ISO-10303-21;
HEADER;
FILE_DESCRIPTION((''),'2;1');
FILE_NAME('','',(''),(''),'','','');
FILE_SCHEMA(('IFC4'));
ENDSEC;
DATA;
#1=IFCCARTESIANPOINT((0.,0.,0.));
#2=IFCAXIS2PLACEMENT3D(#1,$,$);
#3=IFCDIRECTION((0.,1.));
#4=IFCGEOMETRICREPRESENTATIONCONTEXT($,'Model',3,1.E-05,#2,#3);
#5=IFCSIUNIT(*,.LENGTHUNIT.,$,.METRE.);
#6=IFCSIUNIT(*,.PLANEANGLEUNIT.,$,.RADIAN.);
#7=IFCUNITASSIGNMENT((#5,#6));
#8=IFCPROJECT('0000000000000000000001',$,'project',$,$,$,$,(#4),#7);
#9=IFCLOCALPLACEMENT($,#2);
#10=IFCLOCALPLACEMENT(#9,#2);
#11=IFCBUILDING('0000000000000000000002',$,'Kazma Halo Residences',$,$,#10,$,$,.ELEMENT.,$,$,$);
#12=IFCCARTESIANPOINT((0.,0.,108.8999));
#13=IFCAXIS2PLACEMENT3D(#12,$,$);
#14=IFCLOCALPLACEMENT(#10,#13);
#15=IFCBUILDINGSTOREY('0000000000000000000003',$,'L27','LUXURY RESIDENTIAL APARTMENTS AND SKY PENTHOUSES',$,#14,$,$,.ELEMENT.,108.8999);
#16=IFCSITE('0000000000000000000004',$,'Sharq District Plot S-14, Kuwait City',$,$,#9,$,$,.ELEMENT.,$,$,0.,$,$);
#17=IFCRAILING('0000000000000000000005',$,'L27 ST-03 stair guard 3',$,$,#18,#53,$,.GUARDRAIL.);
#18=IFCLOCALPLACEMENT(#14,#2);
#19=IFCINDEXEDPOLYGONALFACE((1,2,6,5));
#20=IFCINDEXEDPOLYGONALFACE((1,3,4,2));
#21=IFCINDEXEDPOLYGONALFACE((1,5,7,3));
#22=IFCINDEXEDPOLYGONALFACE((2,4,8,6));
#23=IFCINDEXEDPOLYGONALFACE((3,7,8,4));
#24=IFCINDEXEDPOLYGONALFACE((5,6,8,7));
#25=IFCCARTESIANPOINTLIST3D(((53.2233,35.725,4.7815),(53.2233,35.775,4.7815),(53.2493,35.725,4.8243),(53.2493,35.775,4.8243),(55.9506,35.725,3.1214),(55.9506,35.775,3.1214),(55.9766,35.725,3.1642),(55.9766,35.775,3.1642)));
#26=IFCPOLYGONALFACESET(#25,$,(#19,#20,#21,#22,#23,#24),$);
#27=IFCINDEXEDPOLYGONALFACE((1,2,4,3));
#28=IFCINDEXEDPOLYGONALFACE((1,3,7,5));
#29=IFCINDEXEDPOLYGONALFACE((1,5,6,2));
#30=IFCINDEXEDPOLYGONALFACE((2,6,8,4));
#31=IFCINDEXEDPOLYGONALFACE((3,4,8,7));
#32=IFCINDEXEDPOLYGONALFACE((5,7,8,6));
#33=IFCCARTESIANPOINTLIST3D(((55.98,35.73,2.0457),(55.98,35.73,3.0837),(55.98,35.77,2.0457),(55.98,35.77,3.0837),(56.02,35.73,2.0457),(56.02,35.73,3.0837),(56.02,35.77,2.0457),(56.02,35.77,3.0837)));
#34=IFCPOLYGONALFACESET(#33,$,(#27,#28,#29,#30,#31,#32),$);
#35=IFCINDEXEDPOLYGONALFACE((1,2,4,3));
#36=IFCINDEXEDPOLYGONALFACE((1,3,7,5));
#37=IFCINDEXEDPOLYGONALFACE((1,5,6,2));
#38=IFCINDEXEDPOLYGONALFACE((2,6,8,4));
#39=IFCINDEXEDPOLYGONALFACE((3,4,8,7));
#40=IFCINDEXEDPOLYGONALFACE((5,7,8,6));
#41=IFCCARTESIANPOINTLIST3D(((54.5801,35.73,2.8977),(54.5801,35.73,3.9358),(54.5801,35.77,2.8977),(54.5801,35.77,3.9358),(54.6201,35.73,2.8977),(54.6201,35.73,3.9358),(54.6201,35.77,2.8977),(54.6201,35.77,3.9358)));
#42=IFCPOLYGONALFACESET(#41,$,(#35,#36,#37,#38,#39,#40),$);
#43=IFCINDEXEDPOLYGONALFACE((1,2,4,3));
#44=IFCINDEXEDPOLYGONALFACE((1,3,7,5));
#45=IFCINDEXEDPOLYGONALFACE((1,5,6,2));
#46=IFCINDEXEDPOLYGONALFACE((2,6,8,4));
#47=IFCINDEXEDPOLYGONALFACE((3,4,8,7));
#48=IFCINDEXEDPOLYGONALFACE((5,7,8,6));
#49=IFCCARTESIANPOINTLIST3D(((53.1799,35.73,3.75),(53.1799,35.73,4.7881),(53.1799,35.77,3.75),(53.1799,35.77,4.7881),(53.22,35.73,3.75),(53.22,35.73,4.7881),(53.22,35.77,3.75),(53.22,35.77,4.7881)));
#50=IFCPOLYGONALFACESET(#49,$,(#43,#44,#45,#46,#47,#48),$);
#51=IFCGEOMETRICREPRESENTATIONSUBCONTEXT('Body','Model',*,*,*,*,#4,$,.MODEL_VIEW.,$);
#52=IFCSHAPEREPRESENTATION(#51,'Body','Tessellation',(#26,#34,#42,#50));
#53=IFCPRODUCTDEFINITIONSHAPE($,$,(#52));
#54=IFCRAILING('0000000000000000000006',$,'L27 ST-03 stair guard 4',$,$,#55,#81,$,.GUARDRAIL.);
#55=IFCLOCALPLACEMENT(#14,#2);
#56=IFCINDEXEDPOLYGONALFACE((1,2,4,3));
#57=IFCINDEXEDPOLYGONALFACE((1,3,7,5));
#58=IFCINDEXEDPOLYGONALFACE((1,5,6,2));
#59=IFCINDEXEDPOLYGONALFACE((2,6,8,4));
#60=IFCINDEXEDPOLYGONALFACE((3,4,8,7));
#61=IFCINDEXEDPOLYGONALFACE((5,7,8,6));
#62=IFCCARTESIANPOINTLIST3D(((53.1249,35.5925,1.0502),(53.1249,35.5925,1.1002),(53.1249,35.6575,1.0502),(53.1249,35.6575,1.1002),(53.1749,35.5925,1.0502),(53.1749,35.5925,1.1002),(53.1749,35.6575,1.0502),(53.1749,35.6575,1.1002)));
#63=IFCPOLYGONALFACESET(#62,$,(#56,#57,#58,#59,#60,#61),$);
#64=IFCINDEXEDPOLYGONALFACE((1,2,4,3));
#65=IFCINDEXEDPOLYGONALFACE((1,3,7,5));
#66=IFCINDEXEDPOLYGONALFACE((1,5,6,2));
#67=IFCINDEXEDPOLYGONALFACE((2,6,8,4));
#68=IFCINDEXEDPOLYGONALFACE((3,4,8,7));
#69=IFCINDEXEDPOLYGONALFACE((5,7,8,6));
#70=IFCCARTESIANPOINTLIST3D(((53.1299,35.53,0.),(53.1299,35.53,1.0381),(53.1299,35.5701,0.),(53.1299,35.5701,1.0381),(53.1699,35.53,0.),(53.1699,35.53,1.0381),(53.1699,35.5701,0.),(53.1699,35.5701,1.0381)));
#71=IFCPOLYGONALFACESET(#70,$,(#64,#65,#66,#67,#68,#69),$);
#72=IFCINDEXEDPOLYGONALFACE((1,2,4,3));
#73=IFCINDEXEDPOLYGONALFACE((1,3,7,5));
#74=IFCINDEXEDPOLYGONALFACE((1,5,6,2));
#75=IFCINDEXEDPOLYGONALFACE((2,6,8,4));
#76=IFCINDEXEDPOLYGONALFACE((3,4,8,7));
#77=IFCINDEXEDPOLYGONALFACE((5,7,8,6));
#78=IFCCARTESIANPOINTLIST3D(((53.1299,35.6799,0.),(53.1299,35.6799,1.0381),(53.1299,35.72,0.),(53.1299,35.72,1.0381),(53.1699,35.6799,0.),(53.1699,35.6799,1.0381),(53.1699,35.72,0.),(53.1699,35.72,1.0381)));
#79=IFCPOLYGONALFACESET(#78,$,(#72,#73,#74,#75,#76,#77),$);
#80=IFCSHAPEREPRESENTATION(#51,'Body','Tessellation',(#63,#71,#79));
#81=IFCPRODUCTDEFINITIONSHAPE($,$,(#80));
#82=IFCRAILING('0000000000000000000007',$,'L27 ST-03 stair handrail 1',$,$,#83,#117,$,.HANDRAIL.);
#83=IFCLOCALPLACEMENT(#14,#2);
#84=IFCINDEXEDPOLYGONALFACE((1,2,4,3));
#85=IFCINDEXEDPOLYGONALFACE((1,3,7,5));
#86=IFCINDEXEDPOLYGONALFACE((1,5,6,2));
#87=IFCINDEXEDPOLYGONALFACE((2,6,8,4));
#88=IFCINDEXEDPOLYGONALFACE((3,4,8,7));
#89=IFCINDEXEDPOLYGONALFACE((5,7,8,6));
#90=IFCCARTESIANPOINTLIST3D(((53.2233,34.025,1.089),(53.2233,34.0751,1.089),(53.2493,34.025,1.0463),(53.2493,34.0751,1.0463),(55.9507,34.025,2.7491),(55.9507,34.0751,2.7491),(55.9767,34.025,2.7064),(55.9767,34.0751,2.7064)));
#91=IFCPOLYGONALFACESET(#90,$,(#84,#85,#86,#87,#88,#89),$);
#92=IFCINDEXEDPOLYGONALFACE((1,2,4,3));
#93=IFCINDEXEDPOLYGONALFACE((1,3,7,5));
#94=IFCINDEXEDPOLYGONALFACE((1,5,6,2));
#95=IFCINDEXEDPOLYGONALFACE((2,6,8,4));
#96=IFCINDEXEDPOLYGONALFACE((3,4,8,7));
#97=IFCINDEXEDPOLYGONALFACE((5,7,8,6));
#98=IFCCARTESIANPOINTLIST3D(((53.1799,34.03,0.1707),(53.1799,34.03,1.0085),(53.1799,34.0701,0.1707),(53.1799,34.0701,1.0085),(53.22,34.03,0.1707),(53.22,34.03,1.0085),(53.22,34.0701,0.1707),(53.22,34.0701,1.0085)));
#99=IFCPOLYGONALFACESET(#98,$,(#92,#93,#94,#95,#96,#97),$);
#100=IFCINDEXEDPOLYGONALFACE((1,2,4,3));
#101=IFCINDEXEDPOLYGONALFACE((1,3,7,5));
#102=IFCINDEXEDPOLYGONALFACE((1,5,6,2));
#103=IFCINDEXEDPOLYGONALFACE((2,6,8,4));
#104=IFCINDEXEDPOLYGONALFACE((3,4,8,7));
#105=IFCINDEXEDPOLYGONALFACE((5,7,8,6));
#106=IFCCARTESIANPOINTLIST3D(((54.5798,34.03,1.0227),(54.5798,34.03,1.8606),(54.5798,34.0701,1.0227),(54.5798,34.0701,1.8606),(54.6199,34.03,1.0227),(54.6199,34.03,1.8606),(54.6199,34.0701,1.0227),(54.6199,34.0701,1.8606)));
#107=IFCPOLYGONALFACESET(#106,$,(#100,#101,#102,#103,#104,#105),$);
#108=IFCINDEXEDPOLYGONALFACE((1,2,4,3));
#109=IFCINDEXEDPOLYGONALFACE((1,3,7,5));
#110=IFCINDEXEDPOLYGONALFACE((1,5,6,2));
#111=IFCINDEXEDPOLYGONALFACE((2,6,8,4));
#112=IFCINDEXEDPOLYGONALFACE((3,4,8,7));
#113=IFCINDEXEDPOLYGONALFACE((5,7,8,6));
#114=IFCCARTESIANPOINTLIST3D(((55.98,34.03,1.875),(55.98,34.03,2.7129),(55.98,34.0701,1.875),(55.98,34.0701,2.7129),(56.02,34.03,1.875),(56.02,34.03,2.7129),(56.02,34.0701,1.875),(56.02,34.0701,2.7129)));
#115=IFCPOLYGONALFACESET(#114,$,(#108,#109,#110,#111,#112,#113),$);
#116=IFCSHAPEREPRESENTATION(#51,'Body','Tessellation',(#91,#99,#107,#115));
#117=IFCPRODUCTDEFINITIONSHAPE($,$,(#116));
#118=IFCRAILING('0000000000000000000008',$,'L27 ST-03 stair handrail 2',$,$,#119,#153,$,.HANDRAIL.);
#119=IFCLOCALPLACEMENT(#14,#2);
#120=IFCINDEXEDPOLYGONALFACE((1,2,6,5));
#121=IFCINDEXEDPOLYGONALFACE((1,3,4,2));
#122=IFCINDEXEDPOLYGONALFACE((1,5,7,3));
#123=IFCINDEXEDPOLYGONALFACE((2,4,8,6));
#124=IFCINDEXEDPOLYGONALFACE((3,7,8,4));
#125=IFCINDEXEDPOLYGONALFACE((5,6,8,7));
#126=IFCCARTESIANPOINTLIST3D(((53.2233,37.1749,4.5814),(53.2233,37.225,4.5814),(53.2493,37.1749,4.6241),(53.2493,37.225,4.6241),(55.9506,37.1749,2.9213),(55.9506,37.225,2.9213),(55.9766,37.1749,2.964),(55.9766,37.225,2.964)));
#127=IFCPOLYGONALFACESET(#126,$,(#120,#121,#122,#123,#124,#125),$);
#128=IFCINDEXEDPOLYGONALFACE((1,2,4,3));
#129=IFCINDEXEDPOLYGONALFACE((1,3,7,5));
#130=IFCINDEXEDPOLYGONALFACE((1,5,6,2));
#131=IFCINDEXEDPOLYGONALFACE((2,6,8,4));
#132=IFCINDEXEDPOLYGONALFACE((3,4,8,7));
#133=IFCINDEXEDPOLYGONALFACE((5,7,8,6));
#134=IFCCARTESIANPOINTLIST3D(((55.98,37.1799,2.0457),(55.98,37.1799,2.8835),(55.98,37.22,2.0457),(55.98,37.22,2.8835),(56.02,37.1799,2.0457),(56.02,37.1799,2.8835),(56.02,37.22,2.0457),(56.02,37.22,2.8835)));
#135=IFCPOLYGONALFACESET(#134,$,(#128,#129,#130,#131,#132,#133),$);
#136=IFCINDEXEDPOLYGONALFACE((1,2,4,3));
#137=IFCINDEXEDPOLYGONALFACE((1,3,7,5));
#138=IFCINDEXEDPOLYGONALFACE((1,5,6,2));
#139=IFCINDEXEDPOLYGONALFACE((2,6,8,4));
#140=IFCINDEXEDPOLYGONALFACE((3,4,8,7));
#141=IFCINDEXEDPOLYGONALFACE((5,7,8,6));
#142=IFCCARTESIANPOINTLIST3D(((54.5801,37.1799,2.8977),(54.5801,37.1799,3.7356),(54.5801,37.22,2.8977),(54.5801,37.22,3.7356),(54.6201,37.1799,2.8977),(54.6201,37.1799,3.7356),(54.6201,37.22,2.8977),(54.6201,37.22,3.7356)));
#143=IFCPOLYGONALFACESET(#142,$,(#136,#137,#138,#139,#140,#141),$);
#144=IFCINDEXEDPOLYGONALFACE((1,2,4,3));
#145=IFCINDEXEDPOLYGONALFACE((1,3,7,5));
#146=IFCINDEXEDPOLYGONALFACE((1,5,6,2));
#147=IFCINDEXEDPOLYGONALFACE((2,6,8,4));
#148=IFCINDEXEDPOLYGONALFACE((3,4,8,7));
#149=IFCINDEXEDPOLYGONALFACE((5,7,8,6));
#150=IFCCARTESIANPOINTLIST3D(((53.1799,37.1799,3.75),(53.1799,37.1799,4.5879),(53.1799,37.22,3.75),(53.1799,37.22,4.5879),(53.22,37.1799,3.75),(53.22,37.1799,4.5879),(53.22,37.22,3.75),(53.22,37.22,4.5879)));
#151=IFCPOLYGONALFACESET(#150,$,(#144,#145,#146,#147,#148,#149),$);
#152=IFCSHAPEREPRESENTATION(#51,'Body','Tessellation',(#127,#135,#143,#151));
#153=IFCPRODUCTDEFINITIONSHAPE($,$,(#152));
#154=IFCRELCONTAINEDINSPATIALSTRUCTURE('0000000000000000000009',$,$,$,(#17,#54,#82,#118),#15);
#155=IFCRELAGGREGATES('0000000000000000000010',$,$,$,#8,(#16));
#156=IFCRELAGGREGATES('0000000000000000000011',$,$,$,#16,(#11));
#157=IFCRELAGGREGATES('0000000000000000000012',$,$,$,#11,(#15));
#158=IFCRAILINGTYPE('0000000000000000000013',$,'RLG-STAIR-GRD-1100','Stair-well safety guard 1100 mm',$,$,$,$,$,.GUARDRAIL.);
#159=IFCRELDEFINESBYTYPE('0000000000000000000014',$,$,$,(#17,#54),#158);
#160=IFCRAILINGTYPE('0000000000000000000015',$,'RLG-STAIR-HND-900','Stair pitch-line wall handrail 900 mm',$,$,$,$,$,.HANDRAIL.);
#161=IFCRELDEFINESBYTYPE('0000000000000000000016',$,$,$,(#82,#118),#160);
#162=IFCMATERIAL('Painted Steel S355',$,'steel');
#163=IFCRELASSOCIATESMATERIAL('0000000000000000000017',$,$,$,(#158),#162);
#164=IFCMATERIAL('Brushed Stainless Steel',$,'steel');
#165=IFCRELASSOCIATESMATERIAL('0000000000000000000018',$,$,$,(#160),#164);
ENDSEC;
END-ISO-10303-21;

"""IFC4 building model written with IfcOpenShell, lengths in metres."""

from ifc_helpers import new_model, si_unit, direction, frame, origin, origin_2d, place, context, subcontext, project, spatial, rectangle, extrude, material, type_object, element, save


model = new_model("IFC4")

# Units and contexts
model_context = context("Model", 3, precision=1e-05, world=origin(), true_north=direction((0.0, 1.0)))
body_context = subcontext(model_context, "Body", "Model", "MODEL_VIEW")
ifc_project = project(units=[si_unit("LENGTHUNIT", "METRE"), si_unit("PLANEANGLEUNIT", "RADIAN")], contexts=[model_context])

# Site, building, storey
site_placement = place(None, origin())
site = spatial("IfcSite", under=ifc_project, at=site_placement, Name="Sharq District Plot S-14, Kuwait City", CompositionType="ELEMENT", RefElevation=0.0)
building_placement = place(site_placement, origin())
building = spatial("IfcBuilding", under=site, at=building_placement, Name="Kazma Halo Residences", CompositionType="ELEMENT")
storey_placement = place(building_placement, frame((0.0, 0.0, 108.8999)))
storey = spatial("IfcBuildingStorey", under=building, at=storey_placement, Name="L27", Description="LUXURY RESIDENTIAL APARTMENTS AND SKY PENTHOUSES", CompositionType="ELEMENT", Elevation=108.8999)

# Railings
ifc_material_1 = material(Name="Painted Steel S355", Category="steel")
railing_type_1 = type_object("IfcRailingType", Name="RLG-STAIR-GRD-1100", Description="Stair-well safety guard 1100 mm", PredefinedType="GUARDRAIL", material=ifc_material_1)
railing_1_placement = place(storey_placement, frame((56.0, 35.75, 2.0457)))
element("IfcRailing", 1, at=railing_1_placement, inside=storey, type_object=railing_type_1, Name="L27 ST-03 stair guard 3", PredefinedType="GUARDRAIL", context=body_context, shape_type="SweptSolid", body=[
    extrude(rectangle(XDim=0.05, YDim=0.05, at=origin_2d()), frame((-0.0364, 0.0, 1.0972), z_axis=(-0.854203, 0.0, 0.51994), x_axis=(0.0, -1.0, 0.0)), (0.0, 0.0, 1.0), 3.1929),
    extrude(rectangle(XDim=0.04, YDim=0.04, at=origin_2d()), origin(), (0.0, 0.0, 1.0), 1.0381),
    extrude(rectangle(XDim=0.04, YDim=0.04, at=origin_2d()), frame((-1.3999, 0.0, 0.8521)), (0.0, 0.0, 1.0), 1.0381),
    extrude(rectangle(XDim=0.04, YDim=0.04, at=origin_2d()), frame((-2.8, 0.0, 1.7043)), (0.0, 0.0, 1.0), 1.0381),
])
railing_2_placement = place(storey_placement, frame((53.1499, 35.55, 0.0)))
element("IfcRailing", 2, at=railing_2_placement, inside=storey, type_object=railing_type_1, Name="L27 ST-03 stair guard 4", PredefinedType="GUARDRAIL", context=body_context, shape_type="SweptSolid", body=[
    extrude(rectangle(XDim=0.05, YDim=0.05, at=origin_2d()), frame((0.0, 0.0425, 1.0752), z_axis=(0.0, 1.0, 0.0), x_axis=(-1.0, 0.0, 0.0)), (0.0, 0.0, 1.0), 0.0649),
    extrude(rectangle(XDim=0.04, YDim=0.04, at=origin_2d()), origin(), (0.0, 0.0, 1.0), 1.0381),
    extrude(rectangle(XDim=0.04, YDim=0.04, at=origin_2d()), frame((0.0, 0.1499, 0.0)), (0.0, 0.0, 1.0), 1.0381),
])
ifc_material_2 = material(Name="Brushed Stainless Steel", Category="steel")
railing_type_2 = type_object("IfcRailingType", Name="RLG-STAIR-HND-900", Description="Stair pitch-line wall handrail 900 mm", PredefinedType="HANDRAIL", material=ifc_material_2)
railing_3_placement = place(storey_placement, frame((53.2, 34.05, 0.1707)))
element("IfcRailing", 3, at=railing_3_placement, inside=storey, type_object=railing_type_2, Name="L27 ST-03 stair handrail 1", PredefinedType="HANDRAIL", context=body_context, shape_type="SweptSolid", body=[
    extrude(rectangle(XDim=0.05, YDim=0.05, at=origin_2d()), frame((0.0364, 0.0, 0.897), z_axis=(0.854203, 0.0, 0.51994), x_axis=(0.0, 1.0, 0.0)), (0.0, 0.0, 1.0), 3.1929),
    extrude(rectangle(XDim=0.04, YDim=0.04, at=origin_2d()), origin(), (0.0, 0.0, 1.0), 0.8379),
    extrude(rectangle(XDim=0.04, YDim=0.04, at=origin_2d()), frame((1.3999, 0.0, 0.8521)), (0.0, 0.0, 1.0), 0.8379),
    extrude(rectangle(XDim=0.04, YDim=0.04, at=origin_2d()), frame((2.8, 0.0, 1.7043)), (0.0, 0.0, 1.0), 0.8379),
])
railing_4_placement = place(storey_placement, frame((56.0, 37.2, 2.0457)))
element("IfcRailing", 4, at=railing_4_placement, inside=storey, type_object=railing_type_2, Name="L27 ST-03 stair handrail 2", PredefinedType="HANDRAIL", context=body_context, shape_type="SweptSolid", body=[
    extrude(rectangle(XDim=0.05, YDim=0.05, at=origin_2d()), frame((-0.0364, 0.0, 0.897), z_axis=(-0.854203, 0.0, 0.51994), x_axis=(0.0, -1.0, 0.0)), (0.0, 0.0, 1.0), 3.1929),
    extrude(rectangle(XDim=0.04, YDim=0.04, at=origin_2d()), origin(), (0.0, 0.0, 1.0), 0.8379),
    extrude(rectangle(XDim=0.04, YDim=0.04, at=origin_2d()), frame((-1.3999, 0.0, 0.8521)), (0.0, 0.0, 1.0), 0.8379),
    extrude(rectangle(XDim=0.04, YDim=0.04, at=origin_2d()), frame((-2.8, 0.0, 1.7043)), (0.0, 0.0, 1.0), 0.8379),
])

save(model, "model.ifc")
